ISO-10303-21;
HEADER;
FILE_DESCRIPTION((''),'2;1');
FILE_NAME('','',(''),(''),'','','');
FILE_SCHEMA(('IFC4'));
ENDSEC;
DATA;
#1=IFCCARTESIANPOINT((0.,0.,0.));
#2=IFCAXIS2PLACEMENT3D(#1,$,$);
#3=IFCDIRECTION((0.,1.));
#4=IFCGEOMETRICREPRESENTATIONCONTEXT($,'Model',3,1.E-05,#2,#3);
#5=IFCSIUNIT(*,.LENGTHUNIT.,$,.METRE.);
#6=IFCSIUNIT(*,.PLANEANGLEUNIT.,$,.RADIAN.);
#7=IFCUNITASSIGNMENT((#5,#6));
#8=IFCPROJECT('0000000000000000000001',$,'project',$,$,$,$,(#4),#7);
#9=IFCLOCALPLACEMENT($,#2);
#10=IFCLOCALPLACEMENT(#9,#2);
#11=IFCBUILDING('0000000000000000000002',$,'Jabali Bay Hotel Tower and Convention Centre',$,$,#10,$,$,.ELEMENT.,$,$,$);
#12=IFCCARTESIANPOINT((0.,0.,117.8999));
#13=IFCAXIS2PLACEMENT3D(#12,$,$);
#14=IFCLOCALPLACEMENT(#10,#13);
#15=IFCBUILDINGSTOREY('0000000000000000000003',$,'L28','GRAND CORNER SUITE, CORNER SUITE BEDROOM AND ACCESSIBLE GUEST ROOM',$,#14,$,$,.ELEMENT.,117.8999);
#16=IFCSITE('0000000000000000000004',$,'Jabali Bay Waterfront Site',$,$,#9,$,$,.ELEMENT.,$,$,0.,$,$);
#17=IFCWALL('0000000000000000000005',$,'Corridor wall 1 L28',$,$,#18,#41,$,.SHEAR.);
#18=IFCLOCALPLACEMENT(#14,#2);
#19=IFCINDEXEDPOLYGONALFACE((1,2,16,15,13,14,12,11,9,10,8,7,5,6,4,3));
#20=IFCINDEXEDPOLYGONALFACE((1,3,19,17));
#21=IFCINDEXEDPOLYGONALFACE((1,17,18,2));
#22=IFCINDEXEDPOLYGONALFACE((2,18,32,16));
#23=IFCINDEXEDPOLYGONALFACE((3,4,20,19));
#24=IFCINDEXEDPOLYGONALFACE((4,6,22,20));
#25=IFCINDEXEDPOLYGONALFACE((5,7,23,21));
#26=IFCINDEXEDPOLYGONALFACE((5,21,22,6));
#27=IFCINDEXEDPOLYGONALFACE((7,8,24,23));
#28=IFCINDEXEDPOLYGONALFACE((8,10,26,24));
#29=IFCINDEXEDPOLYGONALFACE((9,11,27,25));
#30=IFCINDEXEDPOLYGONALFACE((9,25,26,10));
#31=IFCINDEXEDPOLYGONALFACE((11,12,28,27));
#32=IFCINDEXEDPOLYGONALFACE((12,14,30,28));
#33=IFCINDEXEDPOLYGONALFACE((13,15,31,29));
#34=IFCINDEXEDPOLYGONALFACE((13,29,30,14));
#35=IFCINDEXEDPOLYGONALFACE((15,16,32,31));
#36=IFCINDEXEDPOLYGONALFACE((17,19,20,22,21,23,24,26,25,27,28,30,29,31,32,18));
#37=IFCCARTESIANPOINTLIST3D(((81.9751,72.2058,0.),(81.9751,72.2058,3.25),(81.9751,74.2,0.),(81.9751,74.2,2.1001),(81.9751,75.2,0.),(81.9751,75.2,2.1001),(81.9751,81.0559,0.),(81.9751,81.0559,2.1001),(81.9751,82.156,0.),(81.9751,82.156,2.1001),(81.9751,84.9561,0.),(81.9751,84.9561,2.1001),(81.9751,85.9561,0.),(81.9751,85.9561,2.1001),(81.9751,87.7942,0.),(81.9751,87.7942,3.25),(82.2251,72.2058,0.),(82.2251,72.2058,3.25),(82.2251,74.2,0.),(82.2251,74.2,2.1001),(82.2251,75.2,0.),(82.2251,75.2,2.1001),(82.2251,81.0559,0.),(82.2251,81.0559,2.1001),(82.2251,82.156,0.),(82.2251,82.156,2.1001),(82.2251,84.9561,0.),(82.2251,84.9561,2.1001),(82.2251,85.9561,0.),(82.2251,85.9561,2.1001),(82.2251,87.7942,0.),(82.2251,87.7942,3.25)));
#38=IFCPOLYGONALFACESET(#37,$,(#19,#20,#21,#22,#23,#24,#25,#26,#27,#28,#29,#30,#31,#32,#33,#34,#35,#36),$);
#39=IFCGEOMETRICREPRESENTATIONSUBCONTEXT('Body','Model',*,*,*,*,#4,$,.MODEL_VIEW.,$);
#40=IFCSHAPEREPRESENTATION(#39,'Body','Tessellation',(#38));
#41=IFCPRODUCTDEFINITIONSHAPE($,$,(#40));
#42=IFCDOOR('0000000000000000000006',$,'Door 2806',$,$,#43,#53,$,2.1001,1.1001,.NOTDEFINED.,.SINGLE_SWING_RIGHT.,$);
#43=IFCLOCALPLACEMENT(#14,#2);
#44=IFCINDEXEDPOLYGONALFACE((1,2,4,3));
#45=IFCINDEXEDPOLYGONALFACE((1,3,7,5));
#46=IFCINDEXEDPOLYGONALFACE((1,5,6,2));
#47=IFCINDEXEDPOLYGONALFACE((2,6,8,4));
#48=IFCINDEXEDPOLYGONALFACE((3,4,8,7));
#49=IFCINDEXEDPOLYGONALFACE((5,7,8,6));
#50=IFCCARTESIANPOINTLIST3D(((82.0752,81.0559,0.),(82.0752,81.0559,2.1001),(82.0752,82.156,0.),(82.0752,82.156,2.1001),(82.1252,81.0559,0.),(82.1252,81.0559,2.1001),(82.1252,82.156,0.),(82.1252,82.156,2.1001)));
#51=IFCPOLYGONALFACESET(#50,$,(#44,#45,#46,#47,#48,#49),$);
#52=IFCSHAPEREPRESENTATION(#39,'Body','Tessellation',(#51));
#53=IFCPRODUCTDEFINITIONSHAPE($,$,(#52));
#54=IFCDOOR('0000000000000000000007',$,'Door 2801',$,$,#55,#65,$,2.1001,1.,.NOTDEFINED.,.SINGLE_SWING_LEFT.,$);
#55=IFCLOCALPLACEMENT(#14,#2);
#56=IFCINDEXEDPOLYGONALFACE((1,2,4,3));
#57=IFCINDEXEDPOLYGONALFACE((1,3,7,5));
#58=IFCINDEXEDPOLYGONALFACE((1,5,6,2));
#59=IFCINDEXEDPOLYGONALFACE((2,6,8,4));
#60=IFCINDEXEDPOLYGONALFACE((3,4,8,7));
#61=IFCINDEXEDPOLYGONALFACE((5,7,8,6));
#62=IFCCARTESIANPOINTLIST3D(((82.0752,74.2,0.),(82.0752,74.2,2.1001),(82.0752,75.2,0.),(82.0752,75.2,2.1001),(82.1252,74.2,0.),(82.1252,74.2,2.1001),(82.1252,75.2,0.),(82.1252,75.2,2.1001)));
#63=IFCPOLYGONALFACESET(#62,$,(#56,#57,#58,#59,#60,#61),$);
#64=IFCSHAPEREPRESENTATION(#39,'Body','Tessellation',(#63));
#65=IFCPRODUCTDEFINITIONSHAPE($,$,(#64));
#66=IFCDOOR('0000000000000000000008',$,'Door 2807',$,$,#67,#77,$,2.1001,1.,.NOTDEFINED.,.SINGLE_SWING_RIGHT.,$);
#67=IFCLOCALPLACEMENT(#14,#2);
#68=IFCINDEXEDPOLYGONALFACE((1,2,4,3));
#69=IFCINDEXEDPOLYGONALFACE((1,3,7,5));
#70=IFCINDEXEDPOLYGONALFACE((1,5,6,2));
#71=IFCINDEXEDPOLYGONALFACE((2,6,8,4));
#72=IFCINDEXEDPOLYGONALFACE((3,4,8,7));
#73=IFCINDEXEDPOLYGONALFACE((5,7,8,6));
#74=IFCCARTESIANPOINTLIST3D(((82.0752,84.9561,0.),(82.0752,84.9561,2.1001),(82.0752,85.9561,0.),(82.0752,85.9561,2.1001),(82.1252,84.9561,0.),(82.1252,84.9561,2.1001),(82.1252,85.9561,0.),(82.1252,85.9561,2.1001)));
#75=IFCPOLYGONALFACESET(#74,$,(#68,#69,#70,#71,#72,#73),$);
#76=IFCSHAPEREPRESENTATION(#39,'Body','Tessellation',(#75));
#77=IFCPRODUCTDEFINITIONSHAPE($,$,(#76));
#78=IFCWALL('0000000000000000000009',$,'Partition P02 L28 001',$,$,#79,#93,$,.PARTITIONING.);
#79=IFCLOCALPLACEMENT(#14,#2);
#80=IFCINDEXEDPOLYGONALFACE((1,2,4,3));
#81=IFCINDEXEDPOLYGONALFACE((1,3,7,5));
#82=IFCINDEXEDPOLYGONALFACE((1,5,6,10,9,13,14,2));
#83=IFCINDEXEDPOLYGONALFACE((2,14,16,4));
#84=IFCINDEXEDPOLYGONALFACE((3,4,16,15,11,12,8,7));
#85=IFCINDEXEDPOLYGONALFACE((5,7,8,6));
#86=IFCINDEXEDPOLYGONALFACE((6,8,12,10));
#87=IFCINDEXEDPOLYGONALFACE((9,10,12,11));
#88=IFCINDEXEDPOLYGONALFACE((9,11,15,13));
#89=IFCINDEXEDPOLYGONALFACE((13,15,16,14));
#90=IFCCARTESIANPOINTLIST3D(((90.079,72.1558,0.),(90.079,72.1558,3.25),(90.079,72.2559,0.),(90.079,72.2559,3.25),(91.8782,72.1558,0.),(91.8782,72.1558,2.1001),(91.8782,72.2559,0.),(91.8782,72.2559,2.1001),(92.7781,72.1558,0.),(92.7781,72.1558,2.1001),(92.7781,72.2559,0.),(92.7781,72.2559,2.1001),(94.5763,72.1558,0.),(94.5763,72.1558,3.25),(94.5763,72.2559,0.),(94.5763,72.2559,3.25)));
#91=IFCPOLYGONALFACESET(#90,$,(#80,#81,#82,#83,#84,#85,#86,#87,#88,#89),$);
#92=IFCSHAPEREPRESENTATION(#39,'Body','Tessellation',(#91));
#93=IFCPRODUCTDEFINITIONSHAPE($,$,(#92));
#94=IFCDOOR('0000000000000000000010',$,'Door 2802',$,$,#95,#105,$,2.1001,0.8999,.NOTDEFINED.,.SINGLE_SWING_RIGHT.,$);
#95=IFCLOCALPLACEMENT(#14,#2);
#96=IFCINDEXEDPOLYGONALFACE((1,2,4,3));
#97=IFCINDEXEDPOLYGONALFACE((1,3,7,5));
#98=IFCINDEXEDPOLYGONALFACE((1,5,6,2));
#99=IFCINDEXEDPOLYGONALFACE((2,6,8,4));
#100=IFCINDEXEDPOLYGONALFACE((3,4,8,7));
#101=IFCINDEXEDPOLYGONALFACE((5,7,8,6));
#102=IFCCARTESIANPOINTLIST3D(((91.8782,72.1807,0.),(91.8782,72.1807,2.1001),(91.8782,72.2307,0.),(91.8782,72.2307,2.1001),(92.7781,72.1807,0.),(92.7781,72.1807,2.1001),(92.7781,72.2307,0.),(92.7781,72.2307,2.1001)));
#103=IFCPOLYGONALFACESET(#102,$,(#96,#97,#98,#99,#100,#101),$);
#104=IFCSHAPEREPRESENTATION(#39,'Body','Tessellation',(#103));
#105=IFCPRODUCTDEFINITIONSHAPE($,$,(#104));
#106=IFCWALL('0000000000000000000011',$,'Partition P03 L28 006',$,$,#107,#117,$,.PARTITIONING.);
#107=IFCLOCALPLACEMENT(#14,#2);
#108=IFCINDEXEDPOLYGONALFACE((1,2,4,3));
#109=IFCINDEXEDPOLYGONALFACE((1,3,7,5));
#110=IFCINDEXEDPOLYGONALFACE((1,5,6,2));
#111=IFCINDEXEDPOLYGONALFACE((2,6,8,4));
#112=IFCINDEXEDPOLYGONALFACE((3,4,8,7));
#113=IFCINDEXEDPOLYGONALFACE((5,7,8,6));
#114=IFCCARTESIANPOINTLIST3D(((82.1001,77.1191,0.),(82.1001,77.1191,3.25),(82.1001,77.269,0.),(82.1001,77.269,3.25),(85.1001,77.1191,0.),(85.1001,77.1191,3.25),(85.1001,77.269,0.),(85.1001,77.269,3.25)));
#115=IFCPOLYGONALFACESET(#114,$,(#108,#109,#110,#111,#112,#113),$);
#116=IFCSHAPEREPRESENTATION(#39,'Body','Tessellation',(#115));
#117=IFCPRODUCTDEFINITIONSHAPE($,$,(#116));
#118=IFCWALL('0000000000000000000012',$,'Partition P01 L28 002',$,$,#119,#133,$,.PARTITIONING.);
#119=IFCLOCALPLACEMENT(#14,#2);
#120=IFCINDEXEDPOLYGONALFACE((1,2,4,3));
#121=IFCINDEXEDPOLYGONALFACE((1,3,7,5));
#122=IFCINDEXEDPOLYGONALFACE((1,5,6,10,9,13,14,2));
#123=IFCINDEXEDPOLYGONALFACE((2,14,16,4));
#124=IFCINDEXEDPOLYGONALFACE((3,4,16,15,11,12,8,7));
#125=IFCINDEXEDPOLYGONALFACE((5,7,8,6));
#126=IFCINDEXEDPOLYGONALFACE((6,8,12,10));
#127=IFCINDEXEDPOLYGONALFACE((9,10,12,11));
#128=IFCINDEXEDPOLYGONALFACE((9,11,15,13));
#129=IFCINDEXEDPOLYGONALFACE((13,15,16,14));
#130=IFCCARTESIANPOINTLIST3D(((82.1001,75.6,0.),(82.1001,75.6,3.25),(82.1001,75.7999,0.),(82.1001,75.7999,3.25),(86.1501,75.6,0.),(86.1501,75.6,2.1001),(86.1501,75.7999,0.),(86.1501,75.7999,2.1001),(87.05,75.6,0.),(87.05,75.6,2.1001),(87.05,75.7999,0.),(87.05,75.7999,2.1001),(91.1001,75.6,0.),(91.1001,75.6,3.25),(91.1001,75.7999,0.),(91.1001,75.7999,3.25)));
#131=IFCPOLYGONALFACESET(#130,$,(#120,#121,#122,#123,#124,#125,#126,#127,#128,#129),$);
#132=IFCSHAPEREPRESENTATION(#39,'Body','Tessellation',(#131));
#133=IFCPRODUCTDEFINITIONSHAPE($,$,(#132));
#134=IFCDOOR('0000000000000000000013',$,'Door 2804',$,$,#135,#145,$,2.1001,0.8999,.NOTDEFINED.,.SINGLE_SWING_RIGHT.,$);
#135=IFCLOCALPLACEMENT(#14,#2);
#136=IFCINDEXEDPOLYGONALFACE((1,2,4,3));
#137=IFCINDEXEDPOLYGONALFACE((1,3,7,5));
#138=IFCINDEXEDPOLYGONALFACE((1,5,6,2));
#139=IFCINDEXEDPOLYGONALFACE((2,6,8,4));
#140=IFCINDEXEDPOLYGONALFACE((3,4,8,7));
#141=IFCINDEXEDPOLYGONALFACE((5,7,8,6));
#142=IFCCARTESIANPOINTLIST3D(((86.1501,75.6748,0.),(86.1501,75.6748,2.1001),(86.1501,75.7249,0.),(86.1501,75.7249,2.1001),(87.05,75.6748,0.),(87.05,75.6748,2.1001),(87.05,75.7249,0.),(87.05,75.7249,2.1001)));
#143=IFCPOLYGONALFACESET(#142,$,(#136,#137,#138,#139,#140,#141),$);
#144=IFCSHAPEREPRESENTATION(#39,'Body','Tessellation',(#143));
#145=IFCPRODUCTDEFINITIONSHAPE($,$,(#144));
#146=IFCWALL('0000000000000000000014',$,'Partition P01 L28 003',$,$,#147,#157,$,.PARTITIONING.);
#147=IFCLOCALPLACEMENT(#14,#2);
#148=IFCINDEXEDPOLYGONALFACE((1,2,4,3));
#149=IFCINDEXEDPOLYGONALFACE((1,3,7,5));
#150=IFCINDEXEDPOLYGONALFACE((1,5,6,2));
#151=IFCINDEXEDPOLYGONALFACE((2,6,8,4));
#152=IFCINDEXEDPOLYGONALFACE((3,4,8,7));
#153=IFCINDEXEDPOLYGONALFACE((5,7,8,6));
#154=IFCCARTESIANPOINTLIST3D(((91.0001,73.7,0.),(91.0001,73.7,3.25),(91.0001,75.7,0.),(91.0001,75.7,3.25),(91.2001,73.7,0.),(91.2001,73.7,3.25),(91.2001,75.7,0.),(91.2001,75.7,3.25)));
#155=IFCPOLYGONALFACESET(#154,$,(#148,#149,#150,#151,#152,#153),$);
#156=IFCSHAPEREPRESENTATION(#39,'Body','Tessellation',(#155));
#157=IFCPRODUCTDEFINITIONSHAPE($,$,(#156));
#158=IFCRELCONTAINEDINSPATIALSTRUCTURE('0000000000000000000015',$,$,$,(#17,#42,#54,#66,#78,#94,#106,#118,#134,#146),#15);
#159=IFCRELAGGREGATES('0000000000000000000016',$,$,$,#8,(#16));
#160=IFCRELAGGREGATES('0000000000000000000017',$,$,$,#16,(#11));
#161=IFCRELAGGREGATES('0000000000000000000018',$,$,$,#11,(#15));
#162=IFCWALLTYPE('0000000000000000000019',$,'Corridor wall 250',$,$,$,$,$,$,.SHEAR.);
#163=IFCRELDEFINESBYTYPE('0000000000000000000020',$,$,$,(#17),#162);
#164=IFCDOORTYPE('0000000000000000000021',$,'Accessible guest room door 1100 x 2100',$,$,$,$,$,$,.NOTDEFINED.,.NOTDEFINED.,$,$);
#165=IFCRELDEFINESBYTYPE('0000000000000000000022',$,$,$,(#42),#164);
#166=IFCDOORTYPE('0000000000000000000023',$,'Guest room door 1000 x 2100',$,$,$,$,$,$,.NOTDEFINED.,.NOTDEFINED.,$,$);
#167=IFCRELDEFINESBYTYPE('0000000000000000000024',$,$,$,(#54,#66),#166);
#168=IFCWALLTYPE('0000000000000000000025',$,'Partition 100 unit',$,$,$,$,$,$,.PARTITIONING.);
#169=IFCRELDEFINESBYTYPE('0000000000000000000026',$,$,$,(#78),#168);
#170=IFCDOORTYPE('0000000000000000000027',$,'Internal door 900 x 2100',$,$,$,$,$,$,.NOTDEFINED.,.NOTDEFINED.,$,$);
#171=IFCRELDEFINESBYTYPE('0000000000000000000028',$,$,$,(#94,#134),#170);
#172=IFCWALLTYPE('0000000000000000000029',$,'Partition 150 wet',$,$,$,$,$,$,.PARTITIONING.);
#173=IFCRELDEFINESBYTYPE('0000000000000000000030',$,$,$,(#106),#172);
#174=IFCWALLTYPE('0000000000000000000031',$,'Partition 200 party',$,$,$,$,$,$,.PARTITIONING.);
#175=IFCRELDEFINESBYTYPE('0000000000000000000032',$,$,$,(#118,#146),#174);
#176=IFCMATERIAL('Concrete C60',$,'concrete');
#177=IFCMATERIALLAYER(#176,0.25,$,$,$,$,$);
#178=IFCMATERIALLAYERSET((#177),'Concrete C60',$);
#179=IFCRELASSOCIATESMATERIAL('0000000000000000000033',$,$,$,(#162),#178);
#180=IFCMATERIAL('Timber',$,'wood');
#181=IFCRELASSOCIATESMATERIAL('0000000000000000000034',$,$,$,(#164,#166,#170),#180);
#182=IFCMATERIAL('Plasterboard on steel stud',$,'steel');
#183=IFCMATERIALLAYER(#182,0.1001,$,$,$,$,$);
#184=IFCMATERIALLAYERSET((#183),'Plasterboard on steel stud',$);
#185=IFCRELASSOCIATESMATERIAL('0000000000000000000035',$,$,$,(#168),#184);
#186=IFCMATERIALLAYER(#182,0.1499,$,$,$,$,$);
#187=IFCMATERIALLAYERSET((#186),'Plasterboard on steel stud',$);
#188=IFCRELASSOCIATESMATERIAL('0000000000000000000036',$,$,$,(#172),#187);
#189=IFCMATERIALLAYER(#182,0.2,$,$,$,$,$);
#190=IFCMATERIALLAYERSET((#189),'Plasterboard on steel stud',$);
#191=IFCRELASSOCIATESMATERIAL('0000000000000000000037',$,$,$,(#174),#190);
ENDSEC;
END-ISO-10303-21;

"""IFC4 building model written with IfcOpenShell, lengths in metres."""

from ifc_helpers import new_model, si_unit, direction, frame, frame_2d, origin, place, context, subcontext, project, spatial, rectangle, extrude, material, layer, layer_set, type_object, element, fill, save


model = new_model("IFC4")

# Units and contexts
model_context = context("Model", 3, precision=1e-05, world=origin(), true_north=direction((0.0, 1.0)))
body_context = subcontext(model_context, "Body", "Model", "MODEL_VIEW")
ifc_project = project(units=[si_unit("LENGTHUNIT", "METRE"), si_unit("PLANEANGLEUNIT", "RADIAN")], contexts=[model_context])

# Site, building, storey
site_placement = place(None, origin())
site = spatial("IfcSite", under=ifc_project, at=site_placement, Name="Jabali Bay Waterfront Site", CompositionType="ELEMENT", RefElevation=0.0)
building_placement = place(site_placement, origin())
building = spatial("IfcBuilding", under=site, at=building_placement, Name="Jabali Bay Hotel Tower and Convention Centre", CompositionType="ELEMENT")
storey_placement = place(building_placement, frame((0.0, 0.0, 117.8999)))
storey = spatial("IfcBuildingStorey", under=building, at=storey_placement, Name="L28", Description="GRAND CORNER SUITE, CORNER SUITE BEDROOM AND ACCESSIBLE GUEST ROOM", CompositionType="ELEMENT", Elevation=117.8999)

# Shared definitions
ifc_material_1 = material(Name="Concrete C60", Category="concrete")

# Wall, openings, doors
ifc_layer_1 = layer(ifc_material_1, 0.25)
ifc_layer_set_1 = layer_set([ifc_layer_1], Name="Concrete C60")
wall_type_1 = type_object("IfcWallType", Name="Corridor wall 250", PredefinedType="SHEAR", material=ifc_layer_set_1)
wall_1_placement = place(storey_placement, frame((82.1001, 72.2058, 0.0), z_axis=(0.0, 0.0, 1.0), x_axis=(0.0, 1.0, 0.0)))
wall_1 = element("IfcWall", 1, at=wall_1_placement, inside=storey, type_object=wall_type_1, Name="Corridor wall 1 L28", PredefinedType="SHEAR", context=body_context, shape_type="SweptSolid", body=[
    extrude(rectangle(XDim=15.5884, YDim=0.25, at=frame_2d((7.7942, 0.0))), origin(), (0.0, 0.0, 1.0), 3.25),
])
opening_1_placement = place(wall_1_placement, frame((1.9941, 0.0, 0.0)))
opening_1 = element("IfcOpeningElement", 2, at=opening_1_placement, cuts=wall_1, PredefinedType="OPENING", context=body_context, shape_type="SweptSolid", body=[
    extrude(rectangle(XDim=1.0, YDim=2.1001, at=frame_2d((0.5, 1.05))), frame((0.0, 0.1355, 0.0), z_axis=(0.0, -1.0, 0.0), x_axis=(1.0, 0.0, 0.0)), (0.0, 0.0, 1.0), 0.271),
])
opening_2_placement = place(wall_1_placement, frame((8.8501, 0.0, 0.0)))
opening_2 = element("IfcOpeningElement", 3, at=opening_2_placement, cuts=wall_1, PredefinedType="OPENING", context=body_context, shape_type="SweptSolid", body=[
    extrude(rectangle(XDim=1.1001, YDim=2.1001, at=frame_2d((0.55, 1.05))), frame((0.0, 0.1355, 0.0), z_axis=(0.0, -1.0, 0.0), x_axis=(1.0, 0.0, 0.0)), (0.0, 0.0, 1.0), 0.271),
])
opening_3_placement = place(wall_1_placement, frame((12.7502, 0.0, 0.0)))
opening_3 = element("IfcOpeningElement", 4, at=opening_3_placement, cuts=wall_1, PredefinedType="OPENING", context=body_context, shape_type="SweptSolid", body=[
    extrude(rectangle(XDim=1.0, YDim=2.1001, at=frame_2d((0.5, 1.05))), frame((0.0, 0.1355, 0.0), z_axis=(0.0, -1.0, 0.0), x_axis=(1.0, 0.0, 0.0)), (0.0, 0.0, 1.0), 0.271),
])
ifc_material_2 = material(Name="Timber", Category="wood")
door_type_1 = type_object("IfcDoorType", Name="Accessible guest room door 1100 x 2100", OperationType="NOTDEFINED", PredefinedType="NOTDEFINED", material=ifc_material_2)
door_1_placement = place(opening_2_placement, origin())
door_1 = element("IfcDoor", 5, at=door_1_placement, inside=storey, type_object=door_type_1, Name="Door 2806", OperationType="SINGLE_SWING_RIGHT", OverallHeight=2.1001, OverallWidth=1.1001, PredefinedType="NOTDEFINED", context=body_context, shape_type="SweptSolid", body=[
    extrude(rectangle(XDim=1.1001, YDim=2.1001, at=frame_2d((0.55, 1.05))), frame((0.0, 0.0249, 0.0), z_axis=(0.0, -1.0, 0.0), x_axis=(1.0, 0.0, 0.0)), (0.0, 0.0, 1.0), 0.05),
])
fill(opening_2, door_1)
door_type_2 = type_object("IfcDoorType", Name="Guest room door 1000 x 2100", OperationType="NOTDEFINED", PredefinedType="NOTDEFINED", material=ifc_material_2)
door_2_placement = place(opening_1_placement, origin())
door_2 = element("IfcDoor", 6, at=door_2_placement, inside=storey, type_object=door_type_2, Name="Door 2801", OperationType="SINGLE_SWING_LEFT", OverallHeight=2.1001, OverallWidth=1.0, PredefinedType="NOTDEFINED", context=body_context, shape_type="SweptSolid", body=[
    extrude(rectangle(XDim=1.0, YDim=2.1001, at=frame_2d((0.5, 1.05))), frame((0.0, 0.0249, 0.0), z_axis=(0.0, -1.0, 0.0), x_axis=(1.0, 0.0, 0.0)), (0.0, 0.0, 1.0), 0.05),
])
fill(opening_1, door_2)
door_3_placement = place(opening_3_placement, origin())
door_3 = element("IfcDoor", 7, at=door_3_placement, inside=storey, type_object=door_type_2, Name="Door 2807", OperationType="SINGLE_SWING_RIGHT", OverallHeight=2.1001, OverallWidth=1.0, PredefinedType="NOTDEFINED", context=body_context, shape_type="SweptSolid", body=[
    extrude(rectangle(XDim=1.0, YDim=2.1001, at=frame_2d((0.5, 1.05))), frame((0.0, 0.0249, 0.0), z_axis=(0.0, -1.0, 0.0), x_axis=(1.0, 0.0, 0.0)), (0.0, 0.0, 1.0), 0.05),
])
fill(opening_3, door_3)

# Wall, opening, door
ifc_material_3 = material(Name="Plasterboard on steel stud", Category="steel")
ifc_layer_2 = layer(ifc_material_3, 0.1001)
ifc_layer_set_2 = layer_set([ifc_layer_2], Name="Plasterboard on steel stud")
wall_type_2 = type_object("IfcWallType", Name="Partition 100 unit", PredefinedType="PARTITIONING", material=ifc_layer_set_2)
wall_2_placement = place(storey_placement, frame((90.0791, 72.2058, 0.0), z_axis=(0.0, 0.0, 1.0), x_axis=(1.0, 0.0, 0.0)))
wall_2 = element("IfcWall", 8, at=wall_2_placement, inside=storey, type_object=wall_type_2, Name="Partition P02 L28 001", PredefinedType="PARTITIONING", context=body_context, shape_type="SweptSolid", body=[
    extrude(rectangle(XDim=4.4973, YDim=0.1001, at=frame_2d((2.2485, 0.0))), origin(), (0.0, 0.0, 1.0), 3.25),
])
opening_4_placement = place(wall_2_placement, frame((1.7991, 0.0, 0.0)))
opening_4 = element("IfcOpeningElement", 9, at=opening_4_placement, cuts=wall_2, PredefinedType="OPENING", context=body_context, shape_type="SweptSolid", body=[
    extrude(rectangle(XDim=0.8999, YDim=2.1001, at=frame_2d((0.45, 1.05))), frame((0.0, 0.0605, 0.0), z_axis=(0.0, -1.0, 0.0), x_axis=(1.0, 0.0, 0.0)), (0.0, 0.0, 1.0), 0.1211),
])
door_type_3 = type_object("IfcDoorType", Name="Internal door 900 x 2100", OperationType="NOTDEFINED", PredefinedType="NOTDEFINED", material=ifc_material_2)
door_4_placement = place(opening_4_placement, origin())
door_4 = element("IfcDoor", 10, at=door_4_placement, inside=storey, type_object=door_type_3, Name="Door 2802", OperationType="SINGLE_SWING_RIGHT", OverallHeight=2.1001, OverallWidth=0.8999, PredefinedType="NOTDEFINED", context=body_context, shape_type="SweptSolid", body=[
    extrude(rectangle(XDim=0.8999, YDim=2.1001, at=frame_2d((0.45, 1.05))), frame((0.0, 0.0249, 0.0), z_axis=(0.0, -1.0, 0.0), x_axis=(1.0, 0.0, 0.0)), (0.0, 0.0, 1.0), 0.05),
])
fill(opening_4, door_4)

# Wall
ifc_layer_3 = layer(ifc_material_3, 0.1499)
ifc_layer_set_3 = layer_set([ifc_layer_3], Name="Plasterboard on steel stud")
wall_type_3 = type_object("IfcWallType", Name="Partition 150 wet", PredefinedType="PARTITIONING", material=ifc_layer_set_3)
wall_3_placement = place(storey_placement, frame((85.1001, 77.1941, 0.0), z_axis=(0.0, 0.0, 1.0), x_axis=(-1.0, 0.0, 0.0)))
element("IfcWall", 11, at=wall_3_placement, inside=storey, type_object=wall_type_3, Name="Partition P03 L28 006", PredefinedType="PARTITIONING", context=body_context, shape_type="SweptSolid", body=[
    extrude(rectangle(XDim=3.0, YDim=0.1499, at=frame_2d((1.5, 0.0))), origin(), (0.0, 0.0, 1.0), 3.25),
])

# Wall, opening, door
ifc_layer_4 = layer(ifc_material_3, 0.2)
ifc_layer_set_4 = layer_set([ifc_layer_4], Name="Plasterboard on steel stud")
wall_type_4 = type_object("IfcWallType", Name="Partition 200 party", PredefinedType="PARTITIONING", material=ifc_layer_set_4)
wall_4_placement = place(storey_placement, frame((82.1001, 75.7, 0.0), z_axis=(0.0, 0.0, 1.0), x_axis=(1.0, 0.0, 0.0)))
wall_4 = element("IfcWall", 12, at=wall_4_placement, inside=storey, type_object=wall_type_4, Name="Partition P01 L28 002", PredefinedType="PARTITIONING", context=body_context, shape_type="SweptSolid", body=[
    extrude(rectangle(XDim=9.0, YDim=0.2, at=frame_2d((4.5, 0.0))), origin(), (0.0, 0.0, 1.0), 3.25),
])
opening_5_placement = place(wall_4_placement, frame((4.05, 0.0, 0.0)))
opening_5 = element("IfcOpeningElement", 13, at=opening_5_placement, cuts=wall_4, PredefinedType="OPENING", context=body_context, shape_type="SweptSolid", body=[
    extrude(rectangle(XDim=0.8999, YDim=2.1001, at=frame_2d((0.45, 1.05))), frame((0.0, 0.1104, 0.0), z_axis=(0.0, -1.0, 0.0), x_axis=(1.0, 0.0, 0.0)), (0.0, 0.0, 1.0), 0.2209),
])
door_5_placement = place(opening_5_placement, origin())
door_5 = element("IfcDoor", 14, at=door_5_placement, inside=storey, type_object=door_type_3, Name="Door 2804", OperationType="SINGLE_SWING_RIGHT", OverallHeight=2.1001, OverallWidth=0.8999, PredefinedType="NOTDEFINED", context=body_context, shape_type="SweptSolid", body=[
    extrude(rectangle(XDim=0.8999, YDim=2.1001, at=frame_2d((0.45, 1.05))), frame((0.0, 0.0249, 0.0), z_axis=(0.0, -1.0, 0.0), x_axis=(1.0, 0.0, 0.0)), (0.0, 0.0, 1.0), 0.05),
])
fill(opening_5, door_5)

# Wall
wall_5_placement = place(storey_placement, frame((91.1001, 75.7, 0.0), z_axis=(0.0, 0.0, 1.0), x_axis=(0.0, -1.0, 0.0)))
element("IfcWall", 15, at=wall_5_placement, inside=storey, type_object=wall_type_4, Name="Partition P01 L28 003", PredefinedType="PARTITIONING", context=body_context, shape_type="SweptSolid", body=[
    extrude(rectangle(XDim=2.0, YDim=0.2, at=frame_2d((1.0, 0.0))), origin(), (0.0, 0.0, 1.0), 3.25),
])

save(model, "model.ifc")
